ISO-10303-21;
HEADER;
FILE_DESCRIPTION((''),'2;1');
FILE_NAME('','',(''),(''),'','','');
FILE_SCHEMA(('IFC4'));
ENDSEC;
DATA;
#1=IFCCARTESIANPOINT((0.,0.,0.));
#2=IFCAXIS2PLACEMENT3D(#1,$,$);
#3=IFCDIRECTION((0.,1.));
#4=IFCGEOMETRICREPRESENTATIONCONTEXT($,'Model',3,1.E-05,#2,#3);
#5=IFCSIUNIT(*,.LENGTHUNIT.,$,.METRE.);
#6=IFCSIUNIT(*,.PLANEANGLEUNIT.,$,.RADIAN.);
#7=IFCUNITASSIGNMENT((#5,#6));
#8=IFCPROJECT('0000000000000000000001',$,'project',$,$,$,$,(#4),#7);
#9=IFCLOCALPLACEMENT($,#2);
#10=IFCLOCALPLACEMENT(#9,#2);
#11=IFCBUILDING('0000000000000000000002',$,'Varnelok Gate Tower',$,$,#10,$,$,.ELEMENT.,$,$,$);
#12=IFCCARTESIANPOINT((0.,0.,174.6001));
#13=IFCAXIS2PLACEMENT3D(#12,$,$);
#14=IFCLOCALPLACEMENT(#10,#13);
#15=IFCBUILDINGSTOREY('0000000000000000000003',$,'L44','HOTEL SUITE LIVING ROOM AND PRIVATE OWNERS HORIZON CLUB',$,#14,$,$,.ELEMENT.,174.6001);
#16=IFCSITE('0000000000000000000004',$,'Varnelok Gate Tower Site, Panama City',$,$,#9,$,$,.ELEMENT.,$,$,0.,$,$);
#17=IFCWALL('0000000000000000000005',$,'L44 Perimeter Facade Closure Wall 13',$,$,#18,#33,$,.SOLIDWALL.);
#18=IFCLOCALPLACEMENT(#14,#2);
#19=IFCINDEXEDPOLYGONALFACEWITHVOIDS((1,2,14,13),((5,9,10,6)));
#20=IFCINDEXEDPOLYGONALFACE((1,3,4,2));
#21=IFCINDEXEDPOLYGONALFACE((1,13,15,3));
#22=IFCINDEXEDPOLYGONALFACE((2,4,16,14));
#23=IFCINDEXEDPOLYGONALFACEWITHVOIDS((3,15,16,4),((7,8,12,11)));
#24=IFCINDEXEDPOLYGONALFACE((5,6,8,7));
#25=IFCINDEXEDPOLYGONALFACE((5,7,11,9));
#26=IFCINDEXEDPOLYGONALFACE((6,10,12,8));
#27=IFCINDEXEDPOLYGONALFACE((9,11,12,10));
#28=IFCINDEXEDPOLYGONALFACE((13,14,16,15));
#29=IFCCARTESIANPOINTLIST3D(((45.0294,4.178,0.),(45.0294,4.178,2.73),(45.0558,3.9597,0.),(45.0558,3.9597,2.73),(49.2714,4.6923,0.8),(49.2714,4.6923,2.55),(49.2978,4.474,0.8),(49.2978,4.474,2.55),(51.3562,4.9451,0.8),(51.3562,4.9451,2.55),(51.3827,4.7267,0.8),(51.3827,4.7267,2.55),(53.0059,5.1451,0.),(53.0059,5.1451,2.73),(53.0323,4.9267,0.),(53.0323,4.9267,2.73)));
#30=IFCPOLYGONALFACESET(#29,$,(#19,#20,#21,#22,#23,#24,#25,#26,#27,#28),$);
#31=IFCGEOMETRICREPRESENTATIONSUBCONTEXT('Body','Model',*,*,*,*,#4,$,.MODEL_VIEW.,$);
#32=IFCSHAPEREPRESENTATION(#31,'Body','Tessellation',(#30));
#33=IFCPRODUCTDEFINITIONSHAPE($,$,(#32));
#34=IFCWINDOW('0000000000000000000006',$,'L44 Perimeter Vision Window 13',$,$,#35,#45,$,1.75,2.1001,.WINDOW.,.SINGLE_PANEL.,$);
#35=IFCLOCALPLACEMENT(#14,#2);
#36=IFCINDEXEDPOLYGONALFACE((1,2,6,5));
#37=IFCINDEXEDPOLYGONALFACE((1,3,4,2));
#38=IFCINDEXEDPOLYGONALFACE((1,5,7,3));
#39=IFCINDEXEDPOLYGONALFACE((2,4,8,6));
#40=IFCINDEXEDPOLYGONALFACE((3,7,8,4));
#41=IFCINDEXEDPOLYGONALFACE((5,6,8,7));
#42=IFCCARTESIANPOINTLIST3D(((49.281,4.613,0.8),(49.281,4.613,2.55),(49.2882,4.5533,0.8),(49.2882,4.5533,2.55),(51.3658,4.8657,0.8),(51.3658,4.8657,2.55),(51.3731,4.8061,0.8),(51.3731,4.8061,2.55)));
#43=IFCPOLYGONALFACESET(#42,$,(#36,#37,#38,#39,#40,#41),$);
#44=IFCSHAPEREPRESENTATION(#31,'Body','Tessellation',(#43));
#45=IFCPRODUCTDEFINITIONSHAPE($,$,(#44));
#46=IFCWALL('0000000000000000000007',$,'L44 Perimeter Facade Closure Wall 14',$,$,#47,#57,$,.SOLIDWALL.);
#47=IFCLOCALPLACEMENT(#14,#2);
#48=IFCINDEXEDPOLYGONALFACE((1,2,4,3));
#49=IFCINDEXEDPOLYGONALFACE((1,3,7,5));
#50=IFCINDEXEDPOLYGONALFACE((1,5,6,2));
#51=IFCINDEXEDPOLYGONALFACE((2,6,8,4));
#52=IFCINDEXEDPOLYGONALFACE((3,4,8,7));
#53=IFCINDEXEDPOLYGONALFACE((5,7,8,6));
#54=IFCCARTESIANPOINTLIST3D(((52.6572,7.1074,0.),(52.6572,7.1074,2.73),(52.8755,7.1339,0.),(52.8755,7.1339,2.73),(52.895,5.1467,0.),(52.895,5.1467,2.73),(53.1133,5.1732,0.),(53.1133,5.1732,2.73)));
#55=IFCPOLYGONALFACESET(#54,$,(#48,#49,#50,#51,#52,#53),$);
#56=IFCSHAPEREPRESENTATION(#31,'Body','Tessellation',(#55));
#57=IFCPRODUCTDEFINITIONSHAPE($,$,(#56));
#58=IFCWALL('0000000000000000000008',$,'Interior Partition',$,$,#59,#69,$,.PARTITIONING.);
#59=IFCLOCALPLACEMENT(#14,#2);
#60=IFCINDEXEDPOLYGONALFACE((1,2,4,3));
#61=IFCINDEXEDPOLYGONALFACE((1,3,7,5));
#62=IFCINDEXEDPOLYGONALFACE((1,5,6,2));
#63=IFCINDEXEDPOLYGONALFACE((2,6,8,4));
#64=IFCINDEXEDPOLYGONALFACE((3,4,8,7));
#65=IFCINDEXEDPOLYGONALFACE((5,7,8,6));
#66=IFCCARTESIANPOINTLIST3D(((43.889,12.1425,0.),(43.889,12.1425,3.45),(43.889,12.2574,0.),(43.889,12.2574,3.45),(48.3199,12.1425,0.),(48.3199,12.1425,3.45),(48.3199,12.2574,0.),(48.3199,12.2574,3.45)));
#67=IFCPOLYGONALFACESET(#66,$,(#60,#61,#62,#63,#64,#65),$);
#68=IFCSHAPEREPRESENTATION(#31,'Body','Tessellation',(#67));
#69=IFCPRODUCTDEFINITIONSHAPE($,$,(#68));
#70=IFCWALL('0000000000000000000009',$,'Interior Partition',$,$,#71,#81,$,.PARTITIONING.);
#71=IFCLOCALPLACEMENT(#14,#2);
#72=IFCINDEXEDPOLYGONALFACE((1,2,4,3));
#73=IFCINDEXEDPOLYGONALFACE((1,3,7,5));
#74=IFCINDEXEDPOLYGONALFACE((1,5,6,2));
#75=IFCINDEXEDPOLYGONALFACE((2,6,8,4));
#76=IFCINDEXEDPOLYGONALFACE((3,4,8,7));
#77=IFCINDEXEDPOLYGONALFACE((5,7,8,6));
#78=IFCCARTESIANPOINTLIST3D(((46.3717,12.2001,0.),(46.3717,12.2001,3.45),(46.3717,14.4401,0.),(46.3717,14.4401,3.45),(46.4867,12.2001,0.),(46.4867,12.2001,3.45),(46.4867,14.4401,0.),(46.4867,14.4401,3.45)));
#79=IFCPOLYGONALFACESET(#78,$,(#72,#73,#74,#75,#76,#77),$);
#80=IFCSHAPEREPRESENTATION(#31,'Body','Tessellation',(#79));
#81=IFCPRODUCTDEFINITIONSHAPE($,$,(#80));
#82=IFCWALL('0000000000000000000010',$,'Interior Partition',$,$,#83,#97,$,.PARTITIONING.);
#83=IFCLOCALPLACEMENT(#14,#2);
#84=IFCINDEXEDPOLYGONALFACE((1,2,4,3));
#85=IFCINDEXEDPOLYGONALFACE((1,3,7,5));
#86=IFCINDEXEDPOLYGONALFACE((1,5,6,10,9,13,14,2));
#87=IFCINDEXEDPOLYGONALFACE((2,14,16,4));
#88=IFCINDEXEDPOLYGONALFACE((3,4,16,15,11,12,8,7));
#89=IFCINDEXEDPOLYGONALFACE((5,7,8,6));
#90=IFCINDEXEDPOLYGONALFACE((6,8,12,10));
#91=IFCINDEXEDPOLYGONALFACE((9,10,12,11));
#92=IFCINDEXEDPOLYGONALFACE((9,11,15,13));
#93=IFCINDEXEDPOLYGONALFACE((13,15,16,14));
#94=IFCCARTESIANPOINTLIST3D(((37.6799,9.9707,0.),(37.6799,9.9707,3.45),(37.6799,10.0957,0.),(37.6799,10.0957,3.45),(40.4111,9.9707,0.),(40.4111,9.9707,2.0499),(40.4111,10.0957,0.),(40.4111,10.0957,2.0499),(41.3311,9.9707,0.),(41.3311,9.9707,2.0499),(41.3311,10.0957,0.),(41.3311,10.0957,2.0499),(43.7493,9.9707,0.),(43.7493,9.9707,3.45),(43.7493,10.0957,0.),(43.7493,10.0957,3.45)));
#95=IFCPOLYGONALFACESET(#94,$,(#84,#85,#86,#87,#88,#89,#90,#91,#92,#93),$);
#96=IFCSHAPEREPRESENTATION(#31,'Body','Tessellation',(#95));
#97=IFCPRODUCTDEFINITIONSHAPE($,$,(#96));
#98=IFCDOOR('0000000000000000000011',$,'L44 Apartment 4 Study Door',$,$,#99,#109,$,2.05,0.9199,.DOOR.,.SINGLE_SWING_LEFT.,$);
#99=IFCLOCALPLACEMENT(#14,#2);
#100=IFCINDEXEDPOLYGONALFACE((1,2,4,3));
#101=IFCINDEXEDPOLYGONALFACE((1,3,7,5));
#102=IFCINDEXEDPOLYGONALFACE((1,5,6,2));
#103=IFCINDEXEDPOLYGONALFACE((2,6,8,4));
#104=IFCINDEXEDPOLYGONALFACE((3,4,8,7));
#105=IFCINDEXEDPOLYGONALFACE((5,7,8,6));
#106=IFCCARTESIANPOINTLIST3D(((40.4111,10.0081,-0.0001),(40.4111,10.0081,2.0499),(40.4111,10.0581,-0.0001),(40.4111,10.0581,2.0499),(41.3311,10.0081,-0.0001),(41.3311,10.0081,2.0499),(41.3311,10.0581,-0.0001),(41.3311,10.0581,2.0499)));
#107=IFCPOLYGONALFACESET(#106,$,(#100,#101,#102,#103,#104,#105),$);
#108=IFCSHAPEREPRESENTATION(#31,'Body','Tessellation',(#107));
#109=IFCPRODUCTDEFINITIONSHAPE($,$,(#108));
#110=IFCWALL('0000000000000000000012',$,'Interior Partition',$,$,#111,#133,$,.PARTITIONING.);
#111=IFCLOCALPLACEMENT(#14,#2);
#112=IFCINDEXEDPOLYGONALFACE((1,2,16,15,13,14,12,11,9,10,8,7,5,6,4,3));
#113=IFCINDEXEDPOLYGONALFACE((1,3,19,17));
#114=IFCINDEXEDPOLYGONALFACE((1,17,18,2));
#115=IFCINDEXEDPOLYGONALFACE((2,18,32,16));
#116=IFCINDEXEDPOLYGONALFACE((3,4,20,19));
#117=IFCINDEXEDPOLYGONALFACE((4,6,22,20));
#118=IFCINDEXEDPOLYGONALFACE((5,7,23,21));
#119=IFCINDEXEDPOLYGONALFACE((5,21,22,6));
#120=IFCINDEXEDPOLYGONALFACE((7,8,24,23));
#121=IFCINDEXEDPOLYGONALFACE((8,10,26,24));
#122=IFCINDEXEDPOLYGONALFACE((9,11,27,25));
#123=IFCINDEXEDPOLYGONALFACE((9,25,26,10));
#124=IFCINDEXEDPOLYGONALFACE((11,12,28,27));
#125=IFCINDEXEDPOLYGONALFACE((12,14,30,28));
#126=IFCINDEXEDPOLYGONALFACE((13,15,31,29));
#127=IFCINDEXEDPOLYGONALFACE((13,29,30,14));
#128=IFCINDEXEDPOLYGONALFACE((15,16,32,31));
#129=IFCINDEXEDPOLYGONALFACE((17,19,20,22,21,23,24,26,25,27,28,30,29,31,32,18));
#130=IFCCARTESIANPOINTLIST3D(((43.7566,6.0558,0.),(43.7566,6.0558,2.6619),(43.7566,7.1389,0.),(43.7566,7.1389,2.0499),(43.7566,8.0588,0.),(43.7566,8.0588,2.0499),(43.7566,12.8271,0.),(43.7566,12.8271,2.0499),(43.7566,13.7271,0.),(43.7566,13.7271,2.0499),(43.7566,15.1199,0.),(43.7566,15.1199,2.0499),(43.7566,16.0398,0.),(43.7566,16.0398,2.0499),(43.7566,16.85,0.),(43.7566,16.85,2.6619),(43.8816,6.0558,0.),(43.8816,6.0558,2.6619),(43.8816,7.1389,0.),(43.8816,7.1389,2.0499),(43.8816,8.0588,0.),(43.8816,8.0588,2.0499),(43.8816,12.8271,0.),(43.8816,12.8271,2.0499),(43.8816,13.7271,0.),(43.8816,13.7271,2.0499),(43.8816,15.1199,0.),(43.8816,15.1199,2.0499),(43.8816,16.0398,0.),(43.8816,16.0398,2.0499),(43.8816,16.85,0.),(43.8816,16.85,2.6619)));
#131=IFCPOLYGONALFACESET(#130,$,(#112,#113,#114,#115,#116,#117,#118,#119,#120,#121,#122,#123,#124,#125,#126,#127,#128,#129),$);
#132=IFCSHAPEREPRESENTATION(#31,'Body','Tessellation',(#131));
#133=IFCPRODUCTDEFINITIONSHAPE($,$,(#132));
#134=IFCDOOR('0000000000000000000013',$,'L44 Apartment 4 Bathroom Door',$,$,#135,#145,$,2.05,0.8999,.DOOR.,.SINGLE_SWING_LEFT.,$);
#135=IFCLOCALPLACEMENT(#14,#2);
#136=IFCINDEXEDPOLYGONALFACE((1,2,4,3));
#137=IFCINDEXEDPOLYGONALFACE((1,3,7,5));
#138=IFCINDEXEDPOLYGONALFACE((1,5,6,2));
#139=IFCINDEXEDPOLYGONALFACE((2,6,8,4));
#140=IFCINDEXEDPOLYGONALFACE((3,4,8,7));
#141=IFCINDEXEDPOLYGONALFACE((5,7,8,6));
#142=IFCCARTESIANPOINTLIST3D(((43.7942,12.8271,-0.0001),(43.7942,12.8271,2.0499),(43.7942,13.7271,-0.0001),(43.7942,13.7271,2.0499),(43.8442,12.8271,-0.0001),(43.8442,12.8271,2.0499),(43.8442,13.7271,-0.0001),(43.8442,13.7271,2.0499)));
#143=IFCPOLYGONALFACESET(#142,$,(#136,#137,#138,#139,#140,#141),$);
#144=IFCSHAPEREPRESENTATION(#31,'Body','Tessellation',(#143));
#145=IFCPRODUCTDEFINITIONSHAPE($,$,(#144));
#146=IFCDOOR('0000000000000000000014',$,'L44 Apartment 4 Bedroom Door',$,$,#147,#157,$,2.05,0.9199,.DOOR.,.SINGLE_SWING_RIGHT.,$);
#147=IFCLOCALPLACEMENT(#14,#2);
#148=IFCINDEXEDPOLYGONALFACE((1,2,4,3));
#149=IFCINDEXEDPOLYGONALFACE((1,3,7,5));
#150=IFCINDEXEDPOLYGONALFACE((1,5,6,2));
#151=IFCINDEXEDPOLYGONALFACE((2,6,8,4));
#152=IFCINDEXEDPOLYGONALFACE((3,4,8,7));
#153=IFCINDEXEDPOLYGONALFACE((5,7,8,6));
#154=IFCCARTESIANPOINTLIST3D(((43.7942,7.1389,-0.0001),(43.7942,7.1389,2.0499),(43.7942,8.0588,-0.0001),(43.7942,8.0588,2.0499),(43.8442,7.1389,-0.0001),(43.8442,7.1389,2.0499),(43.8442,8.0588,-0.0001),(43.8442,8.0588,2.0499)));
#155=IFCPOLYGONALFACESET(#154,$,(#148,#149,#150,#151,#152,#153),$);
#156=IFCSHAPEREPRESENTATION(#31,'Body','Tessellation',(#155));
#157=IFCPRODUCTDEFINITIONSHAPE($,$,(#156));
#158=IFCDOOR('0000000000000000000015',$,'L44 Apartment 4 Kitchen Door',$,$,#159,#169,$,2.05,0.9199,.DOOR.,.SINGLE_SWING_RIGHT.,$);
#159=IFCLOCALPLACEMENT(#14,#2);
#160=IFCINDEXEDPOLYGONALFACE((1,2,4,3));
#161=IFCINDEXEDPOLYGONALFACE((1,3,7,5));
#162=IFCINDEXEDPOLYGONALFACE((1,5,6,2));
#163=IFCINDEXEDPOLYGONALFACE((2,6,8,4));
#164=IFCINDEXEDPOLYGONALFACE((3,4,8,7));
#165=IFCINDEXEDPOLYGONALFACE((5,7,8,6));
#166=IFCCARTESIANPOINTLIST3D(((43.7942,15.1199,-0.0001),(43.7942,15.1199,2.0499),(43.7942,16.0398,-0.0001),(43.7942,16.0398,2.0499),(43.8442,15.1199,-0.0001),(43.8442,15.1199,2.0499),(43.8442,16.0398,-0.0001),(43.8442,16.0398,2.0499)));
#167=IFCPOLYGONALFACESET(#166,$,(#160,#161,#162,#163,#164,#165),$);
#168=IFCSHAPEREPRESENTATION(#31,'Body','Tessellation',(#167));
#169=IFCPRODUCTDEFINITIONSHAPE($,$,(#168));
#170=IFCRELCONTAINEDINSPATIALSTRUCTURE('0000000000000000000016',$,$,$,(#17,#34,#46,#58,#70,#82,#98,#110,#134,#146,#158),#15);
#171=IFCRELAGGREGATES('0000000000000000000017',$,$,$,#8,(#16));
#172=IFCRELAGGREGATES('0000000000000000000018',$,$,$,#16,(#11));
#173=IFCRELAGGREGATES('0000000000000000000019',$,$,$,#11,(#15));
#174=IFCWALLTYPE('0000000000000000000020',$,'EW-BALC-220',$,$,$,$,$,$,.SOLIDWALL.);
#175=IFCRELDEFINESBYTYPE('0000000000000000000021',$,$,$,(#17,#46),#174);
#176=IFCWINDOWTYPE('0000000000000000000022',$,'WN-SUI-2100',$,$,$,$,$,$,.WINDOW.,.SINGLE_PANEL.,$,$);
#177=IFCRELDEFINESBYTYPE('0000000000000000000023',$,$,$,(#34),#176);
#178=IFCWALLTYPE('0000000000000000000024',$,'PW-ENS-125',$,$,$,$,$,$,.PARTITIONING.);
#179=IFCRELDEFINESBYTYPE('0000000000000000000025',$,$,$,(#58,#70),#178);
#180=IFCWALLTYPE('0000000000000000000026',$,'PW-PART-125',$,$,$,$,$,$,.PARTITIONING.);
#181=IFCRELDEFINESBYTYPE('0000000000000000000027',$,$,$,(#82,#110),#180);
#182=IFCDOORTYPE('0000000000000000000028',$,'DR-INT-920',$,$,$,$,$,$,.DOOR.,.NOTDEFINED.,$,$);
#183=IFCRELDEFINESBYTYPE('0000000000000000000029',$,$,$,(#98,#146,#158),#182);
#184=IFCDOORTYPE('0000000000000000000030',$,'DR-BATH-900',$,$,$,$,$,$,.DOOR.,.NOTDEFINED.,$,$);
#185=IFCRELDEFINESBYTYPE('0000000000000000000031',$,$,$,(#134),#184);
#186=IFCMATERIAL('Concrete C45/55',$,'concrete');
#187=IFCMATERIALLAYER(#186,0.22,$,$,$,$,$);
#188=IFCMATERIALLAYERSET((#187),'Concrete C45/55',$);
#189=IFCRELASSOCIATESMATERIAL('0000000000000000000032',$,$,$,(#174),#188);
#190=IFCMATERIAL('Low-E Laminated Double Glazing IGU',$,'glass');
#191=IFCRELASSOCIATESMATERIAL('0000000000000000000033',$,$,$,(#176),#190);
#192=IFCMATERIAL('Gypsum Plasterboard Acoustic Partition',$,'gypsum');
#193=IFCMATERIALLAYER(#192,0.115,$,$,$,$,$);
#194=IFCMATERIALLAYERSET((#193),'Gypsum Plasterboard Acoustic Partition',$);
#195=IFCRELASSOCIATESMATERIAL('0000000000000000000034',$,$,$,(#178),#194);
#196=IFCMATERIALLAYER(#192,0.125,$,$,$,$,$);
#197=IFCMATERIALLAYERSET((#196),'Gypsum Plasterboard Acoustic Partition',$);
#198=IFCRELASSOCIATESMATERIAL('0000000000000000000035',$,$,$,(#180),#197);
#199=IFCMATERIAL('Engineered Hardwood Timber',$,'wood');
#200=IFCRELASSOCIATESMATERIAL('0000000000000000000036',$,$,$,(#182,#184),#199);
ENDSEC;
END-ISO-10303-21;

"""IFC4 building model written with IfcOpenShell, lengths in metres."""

from ifc_helpers import new_model, si_unit, direction, frame, frame_2d, origin, place, context, subcontext, project, spatial, rectangle, extrude, material, layer, layer_set, type_object, element, fill, save


model = new_model("IFC4")

# Units and contexts
model_context = context("Model", 3, precision=1e-05, world=origin(), true_north=direction((0.0, 1.0)))
body_context = subcontext(model_context, "Body", "Model", "MODEL_VIEW")
ifc_project = project(units=[si_unit("LENGTHUNIT", "METRE"), si_unit("PLANEANGLEUNIT", "RADIAN")], contexts=[model_context])

# Site, building, storey
site_placement = place(None, origin())
site = spatial("IfcSite", under=ifc_project, at=site_placement, Name="Varnelok Gate Tower Site, Panama City", CompositionType="ELEMENT", RefElevation=0.0)
building_placement = place(site_placement, origin())
building = spatial("IfcBuilding", under=site, at=building_placement, Name="Varnelok Gate Tower", CompositionType="ELEMENT")
storey_placement = place(building_placement, frame((0.0, 0.0, 174.6001)))
storey = spatial("IfcBuildingStorey", under=building, at=storey_placement, Name="L44", Description="HOTEL SUITE LIVING ROOM AND PRIVATE OWNERS HORIZON CLUB", CompositionType="ELEMENT", Elevation=174.6001)

# Shared definitions
ifc_material_1 = material(Name="Concrete C45/55", Category="concrete")
ifc_layer_1 = layer(ifc_material_1, 0.22)
ifc_layer_set_1 = layer_set([ifc_layer_1], Name="Concrete C45/55")
wall_type_1 = type_object("IfcWallType", Name="EW-BALC-220", PredefinedType="SOLIDWALL", material=ifc_layer_set_1)

# Wall, opening, window
ifc_material_2 = material(Name="Low-E Laminated Double Glazing IGU", Category="glass")
wall_1_placement = place(storey_placement, frame((45.0425, 4.0688, 0.0), z_axis=(0.0, 0.0, 1.0), x_axis=(0.992731, 0.120354, 0.0)))
wall_1 = element("IfcWall", 1, at=wall_1_placement, inside=storey, type_object=wall_type_1, Name="L44 Perimeter Facade Closure Wall 13", PredefinedType="SOLIDWALL", context=body_context, shape_type="SweptSolid", body=[
    extrude(rectangle(XDim=8.0349, YDim=0.22, at=frame_2d((4.0176, 0.0))), origin(), (0.0, 0.0, 1.0), 2.73),
])
opening_1_placement = place(wall_1_placement, frame((4.2732, 0.0, 0.8)))
opening_1 = element("IfcOpeningElement", 2, at=opening_1_placement, cuts=wall_1, PredefinedType="OPENING", context=body_context, shape_type="SweptSolid", body=[
    extrude(rectangle(XDim=2.1001, YDim=1.75, at=frame_2d((1.05, 0.875))), frame((0.0, 0.1199, 0.0), z_axis=(0.0, -1.0, 0.0), x_axis=(1.0, 0.0, 0.0)), (0.0, 0.0, 1.0), 0.24),
])
window_type_1 = type_object("IfcWindowType", Name="WN-SUI-2100", PartitioningType="SINGLE_PANEL", PredefinedType="WINDOW", material=ifc_material_2)
window_1_placement = place(opening_1_placement, origin())
window_1 = element("IfcWindow", 3, at=window_1_placement, inside=storey, type_object=window_type_1, Name="L44 Perimeter Vision Window 13", OverallHeight=1.75, OverallWidth=2.1001, PartitioningType="SINGLE_PANEL", PredefinedType="WINDOW", context=body_context, shape_type="SweptSolid", body=[
    extrude(rectangle(XDim=2.1001, YDim=1.75, at=frame_2d((1.05, 0.875))), frame((0.0, 0.03, 0.0), z_axis=(0.0, -1.0, 0.0), x_axis=(1.0, 0.0, 0.0)), (0.0, 0.0, 1.0), 0.0601),
])
fill(opening_1, window_1)

# Walls
wall_2_placement = place(storey_placement, frame((53.0042, 5.1599, 0.0), z_axis=(0.0, 0.0, 1.0), x_axis=(-0.120398, 0.992726, 0.0)))
element("IfcWall", 4, at=wall_2_placement, inside=storey, type_object=wall_type_1, Name="L44 Perimeter Facade Closure Wall 14", PredefinedType="SOLIDWALL", context=body_context, shape_type="SweptSolid", body=[
    extrude(rectangle(XDim=1.9751, YDim=0.22, at=frame_2d((0.9875, 0.0))), origin(), (0.0, 0.0, 1.0), 2.73),
])
ifc_material_3 = material(Name="Gypsum Plasterboard Acoustic Partition", Category="gypsum")
ifc_layer_2 = layer(ifc_material_3, 0.115)
ifc_layer_set_2 = layer_set([ifc_layer_2], Name="Gypsum Plasterboard Acoustic Partition")
wall_type_2 = type_object("IfcWallType", Name="PW-ENS-125", PredefinedType="PARTITIONING", material=ifc_layer_set_2)
wall_3_placement = place(storey_placement, frame((43.8892, 12.2, 0.0), z_axis=(0.0, 0.0, 1.0), x_axis=(1.0, 0.0, 0.0)))
element("IfcWall", 5, at=wall_3_placement, inside=storey, type_object=wall_type_2, Name="Interior Partition", PredefinedType="PARTITIONING", context=body_context, shape_type="SweptSolid", body=[
    extrude(rectangle(XDim=4.4309, YDim=0.115, at=frame_2d((2.2153, 0.0))), origin(), (0.0, 0.0, 1.0), 3.45),
])
wall_4_placement = place(storey_placement, frame((46.4292, 12.2, 0.0), z_axis=(0.0, 0.0, 1.0), x_axis=(0.0, 1.0, 0.0)))
element("IfcWall", 6, at=wall_4_placement, inside=storey, type_object=wall_type_2, Name="Interior Partition", PredefinedType="PARTITIONING", context=body_context, shape_type="SweptSolid", body=[
    extrude(rectangle(XDim=2.24, YDim=0.115, at=frame_2d((1.1201, 0.0))), origin(), (0.0, 0.0, 1.0), 3.45),
])

# Wall, opening, door
ifc_layer_3 = layer(ifc_material_3, 0.125)
ifc_layer_set_3 = layer_set([ifc_layer_3], Name="Gypsum Plasterboard Acoustic Partition")
wall_type_3 = type_object("IfcWallType", Name="PW-PART-125", PredefinedType="PARTITIONING", material=ifc_layer_set_3)
wall_5_placement = place(storey_placement, frame((37.6799, 10.0332, 0.0), z_axis=(0.0, 0.0, 1.0), x_axis=(1.0, 0.0, 0.0)))
wall_5 = element("IfcWall", 7, at=wall_5_placement, inside=storey, type_object=wall_type_3, Name="Interior Partition", PredefinedType="PARTITIONING", context=body_context, shape_type="SweptSolid", body=[
    extrude(rectangle(XDim=6.0693, YDim=0.125, at=frame_2d((3.0347, 0.0))), origin(), (0.0, 0.0, 1.0), 3.45),
])
opening_2_placement = place(wall_5_placement, frame((2.7312, 0.0, 0.0)))
opening_2 = element("IfcOpeningElement", 8, at=opening_2_placement, cuts=wall_5, PredefinedType="OPENING", context=body_context, shape_type="SweptSolid", body=[
    extrude(rectangle(XDim=0.9199, YDim=2.05, at=frame_2d((0.46, 1.0249))), frame((0.0, 0.0725, 0.0), z_axis=(0.0, -1.0, 0.0), x_axis=(1.0, 0.0, 0.0)), (0.0, 0.0, 1.0), 0.145),
])
ifc_material_4 = material(Name="Engineered Hardwood Timber", Category="wood")
door_type_1 = type_object("IfcDoorType", Name="DR-INT-920", OperationType="NOTDEFINED", PredefinedType="DOOR", material=ifc_material_4)
door_1_placement = place(opening_2_placement, origin())
door_1 = element("IfcDoor", 9, at=door_1_placement, inside=storey, type_object=door_type_1, Name="L44 Apartment 4 Study Door", OperationType="SINGLE_SWING_LEFT", OverallHeight=2.05, OverallWidth=0.9199, PredefinedType="DOOR", context=body_context, shape_type="SweptSolid", body=[
    extrude(rectangle(XDim=0.9199, YDim=2.05, at=frame_2d((0.46, 1.0249))), frame((0.0, 0.0249, 0.0), z_axis=(0.0, -1.0, 0.0), x_axis=(1.0, 0.0, 0.0)), (0.0, 0.0, 1.0), 0.05),
])
fill(opening_2, door_1)

# Wall, openings, doors
wall_6_placement = place(storey_placement, frame((43.8191, 6.0559, 0.0), z_axis=(0.0, 0.0, 1.0), x_axis=(0.0, 1.0, 0.0)))
wall_6 = element("IfcWall", 10, at=wall_6_placement, inside=storey, type_object=wall_type_3, Name="Interior Partition", PredefinedType="PARTITIONING", context=body_context, shape_type="SweptSolid", body=[
    extrude(rectangle(XDim=10.7942, YDim=0.125, at=frame_2d((5.397, 0.0))), origin(), (0.0, 0.0, 1.0), 2.6619),
])
opening_3_placement = place(wall_6_placement, frame((1.083, 0.0, 0.0)))
opening_3 = element("IfcOpeningElement", 11, at=opening_3_placement, cuts=wall_6, PredefinedType="OPENING", context=body_context, shape_type="SweptSolid", body=[
    extrude(rectangle(XDim=0.9199, YDim=2.05, at=frame_2d((0.46, 1.0249))), frame((0.0, 0.0725, 0.0), z_axis=(0.0, -1.0, 0.0), x_axis=(1.0, 0.0, 0.0)), (0.0, 0.0, 1.0), 0.145),
])
opening_4_placement = place(wall_6_placement, frame((6.7712, 0.0, 0.0)))
opening_4 = element("IfcOpeningElement", 12, at=opening_4_placement, cuts=wall_6, PredefinedType="OPENING", context=body_context, shape_type="SweptSolid", body=[
    extrude(rectangle(XDim=0.8999, YDim=2.05, at=frame_2d((0.45, 1.0249))), frame((0.0, 0.0725, 0.0), z_axis=(0.0, -1.0, 0.0), x_axis=(1.0, 0.0, 0.0)), (0.0, 0.0, 1.0), 0.145),
])
opening_5_placement = place(wall_6_placement, frame((9.064, 0.0, 0.0)))
opening_5 = element("IfcOpeningElement", 13, at=opening_5_placement, cuts=wall_6, PredefinedType="OPENING", context=body_context, shape_type="SweptSolid", body=[
    extrude(rectangle(XDim=0.9199, YDim=2.05, at=frame_2d((0.46, 1.0249))), frame((0.0, 0.0725, 0.0), z_axis=(0.0, -1.0, 0.0), x_axis=(1.0, 0.0, 0.0)), (0.0, 0.0, 1.0), 0.145),
])
door_type_2 = type_object("IfcDoorType", Name="DR-BATH-900", OperationType="NOTDEFINED", PredefinedType="DOOR", material=ifc_material_4)
door_2_placement = place(opening_4_placement, origin())
door_2 = element("IfcDoor", 14, at=door_2_placement, inside=storey, type_object=door_type_2, Name="L44 Apartment 4 Bathroom Door", OperationType="SINGLE_SWING_LEFT", OverallHeight=2.05, OverallWidth=0.8999, PredefinedType="DOOR", context=body_context, shape_type="SweptSolid", body=[
    extrude(rectangle(XDim=0.8999, YDim=2.05, at=frame_2d((0.45, 1.0249))), frame((0.0, 0.0249, 0.0), z_axis=(0.0, -1.0, 0.0), x_axis=(1.0, 0.0, 0.0)), (0.0, 0.0, 1.0), 0.05),
])
fill(opening_4, door_2)
door_3_placement = place(opening_3_placement, origin())
door_3 = element("IfcDoor", 15, at=door_3_placement, inside=storey, type_object=door_type_1, Name="L44 Apartment 4 Bedroom Door", OperationType="SINGLE_SWING_RIGHT", OverallHeight=2.05, OverallWidth=0.9199, PredefinedType="DOOR", context=body_context, shape_type="SweptSolid", body=[
    extrude(rectangle(XDim=0.9199, YDim=2.05, at=frame_2d((0.46, 1.0249))), frame((0.0, 0.0249, 0.0), z_axis=(0.0, -1.0, 0.0), x_axis=(1.0, 0.0, 0.0)), (0.0, 0.0, 1.0), 0.05),
])
fill(opening_3, door_3)
door_4_placement = place(opening_5_placement, origin())
door_4 = element("IfcDoor", 16, at=door_4_placement, inside=storey, type_object=door_type_1, Name="L44 Apartment 4 Kitchen Door", OperationType="SINGLE_SWING_RIGHT", OverallHeight=2.05, OverallWidth=0.9199, PredefinedType="DOOR", context=body_context, shape_type="SweptSolid", body=[
    extrude(rectangle(XDim=0.9199, YDim=2.05, at=frame_2d((0.46, 1.0249))), frame((0.0, 0.0249, 0.0), z_axis=(0.0, -1.0, 0.0), x_axis=(1.0, 0.0, 0.0)), (0.0, 0.0, 1.0), 0.05),
])
fill(opening_5, door_4)

save(model, "model.ifc")
